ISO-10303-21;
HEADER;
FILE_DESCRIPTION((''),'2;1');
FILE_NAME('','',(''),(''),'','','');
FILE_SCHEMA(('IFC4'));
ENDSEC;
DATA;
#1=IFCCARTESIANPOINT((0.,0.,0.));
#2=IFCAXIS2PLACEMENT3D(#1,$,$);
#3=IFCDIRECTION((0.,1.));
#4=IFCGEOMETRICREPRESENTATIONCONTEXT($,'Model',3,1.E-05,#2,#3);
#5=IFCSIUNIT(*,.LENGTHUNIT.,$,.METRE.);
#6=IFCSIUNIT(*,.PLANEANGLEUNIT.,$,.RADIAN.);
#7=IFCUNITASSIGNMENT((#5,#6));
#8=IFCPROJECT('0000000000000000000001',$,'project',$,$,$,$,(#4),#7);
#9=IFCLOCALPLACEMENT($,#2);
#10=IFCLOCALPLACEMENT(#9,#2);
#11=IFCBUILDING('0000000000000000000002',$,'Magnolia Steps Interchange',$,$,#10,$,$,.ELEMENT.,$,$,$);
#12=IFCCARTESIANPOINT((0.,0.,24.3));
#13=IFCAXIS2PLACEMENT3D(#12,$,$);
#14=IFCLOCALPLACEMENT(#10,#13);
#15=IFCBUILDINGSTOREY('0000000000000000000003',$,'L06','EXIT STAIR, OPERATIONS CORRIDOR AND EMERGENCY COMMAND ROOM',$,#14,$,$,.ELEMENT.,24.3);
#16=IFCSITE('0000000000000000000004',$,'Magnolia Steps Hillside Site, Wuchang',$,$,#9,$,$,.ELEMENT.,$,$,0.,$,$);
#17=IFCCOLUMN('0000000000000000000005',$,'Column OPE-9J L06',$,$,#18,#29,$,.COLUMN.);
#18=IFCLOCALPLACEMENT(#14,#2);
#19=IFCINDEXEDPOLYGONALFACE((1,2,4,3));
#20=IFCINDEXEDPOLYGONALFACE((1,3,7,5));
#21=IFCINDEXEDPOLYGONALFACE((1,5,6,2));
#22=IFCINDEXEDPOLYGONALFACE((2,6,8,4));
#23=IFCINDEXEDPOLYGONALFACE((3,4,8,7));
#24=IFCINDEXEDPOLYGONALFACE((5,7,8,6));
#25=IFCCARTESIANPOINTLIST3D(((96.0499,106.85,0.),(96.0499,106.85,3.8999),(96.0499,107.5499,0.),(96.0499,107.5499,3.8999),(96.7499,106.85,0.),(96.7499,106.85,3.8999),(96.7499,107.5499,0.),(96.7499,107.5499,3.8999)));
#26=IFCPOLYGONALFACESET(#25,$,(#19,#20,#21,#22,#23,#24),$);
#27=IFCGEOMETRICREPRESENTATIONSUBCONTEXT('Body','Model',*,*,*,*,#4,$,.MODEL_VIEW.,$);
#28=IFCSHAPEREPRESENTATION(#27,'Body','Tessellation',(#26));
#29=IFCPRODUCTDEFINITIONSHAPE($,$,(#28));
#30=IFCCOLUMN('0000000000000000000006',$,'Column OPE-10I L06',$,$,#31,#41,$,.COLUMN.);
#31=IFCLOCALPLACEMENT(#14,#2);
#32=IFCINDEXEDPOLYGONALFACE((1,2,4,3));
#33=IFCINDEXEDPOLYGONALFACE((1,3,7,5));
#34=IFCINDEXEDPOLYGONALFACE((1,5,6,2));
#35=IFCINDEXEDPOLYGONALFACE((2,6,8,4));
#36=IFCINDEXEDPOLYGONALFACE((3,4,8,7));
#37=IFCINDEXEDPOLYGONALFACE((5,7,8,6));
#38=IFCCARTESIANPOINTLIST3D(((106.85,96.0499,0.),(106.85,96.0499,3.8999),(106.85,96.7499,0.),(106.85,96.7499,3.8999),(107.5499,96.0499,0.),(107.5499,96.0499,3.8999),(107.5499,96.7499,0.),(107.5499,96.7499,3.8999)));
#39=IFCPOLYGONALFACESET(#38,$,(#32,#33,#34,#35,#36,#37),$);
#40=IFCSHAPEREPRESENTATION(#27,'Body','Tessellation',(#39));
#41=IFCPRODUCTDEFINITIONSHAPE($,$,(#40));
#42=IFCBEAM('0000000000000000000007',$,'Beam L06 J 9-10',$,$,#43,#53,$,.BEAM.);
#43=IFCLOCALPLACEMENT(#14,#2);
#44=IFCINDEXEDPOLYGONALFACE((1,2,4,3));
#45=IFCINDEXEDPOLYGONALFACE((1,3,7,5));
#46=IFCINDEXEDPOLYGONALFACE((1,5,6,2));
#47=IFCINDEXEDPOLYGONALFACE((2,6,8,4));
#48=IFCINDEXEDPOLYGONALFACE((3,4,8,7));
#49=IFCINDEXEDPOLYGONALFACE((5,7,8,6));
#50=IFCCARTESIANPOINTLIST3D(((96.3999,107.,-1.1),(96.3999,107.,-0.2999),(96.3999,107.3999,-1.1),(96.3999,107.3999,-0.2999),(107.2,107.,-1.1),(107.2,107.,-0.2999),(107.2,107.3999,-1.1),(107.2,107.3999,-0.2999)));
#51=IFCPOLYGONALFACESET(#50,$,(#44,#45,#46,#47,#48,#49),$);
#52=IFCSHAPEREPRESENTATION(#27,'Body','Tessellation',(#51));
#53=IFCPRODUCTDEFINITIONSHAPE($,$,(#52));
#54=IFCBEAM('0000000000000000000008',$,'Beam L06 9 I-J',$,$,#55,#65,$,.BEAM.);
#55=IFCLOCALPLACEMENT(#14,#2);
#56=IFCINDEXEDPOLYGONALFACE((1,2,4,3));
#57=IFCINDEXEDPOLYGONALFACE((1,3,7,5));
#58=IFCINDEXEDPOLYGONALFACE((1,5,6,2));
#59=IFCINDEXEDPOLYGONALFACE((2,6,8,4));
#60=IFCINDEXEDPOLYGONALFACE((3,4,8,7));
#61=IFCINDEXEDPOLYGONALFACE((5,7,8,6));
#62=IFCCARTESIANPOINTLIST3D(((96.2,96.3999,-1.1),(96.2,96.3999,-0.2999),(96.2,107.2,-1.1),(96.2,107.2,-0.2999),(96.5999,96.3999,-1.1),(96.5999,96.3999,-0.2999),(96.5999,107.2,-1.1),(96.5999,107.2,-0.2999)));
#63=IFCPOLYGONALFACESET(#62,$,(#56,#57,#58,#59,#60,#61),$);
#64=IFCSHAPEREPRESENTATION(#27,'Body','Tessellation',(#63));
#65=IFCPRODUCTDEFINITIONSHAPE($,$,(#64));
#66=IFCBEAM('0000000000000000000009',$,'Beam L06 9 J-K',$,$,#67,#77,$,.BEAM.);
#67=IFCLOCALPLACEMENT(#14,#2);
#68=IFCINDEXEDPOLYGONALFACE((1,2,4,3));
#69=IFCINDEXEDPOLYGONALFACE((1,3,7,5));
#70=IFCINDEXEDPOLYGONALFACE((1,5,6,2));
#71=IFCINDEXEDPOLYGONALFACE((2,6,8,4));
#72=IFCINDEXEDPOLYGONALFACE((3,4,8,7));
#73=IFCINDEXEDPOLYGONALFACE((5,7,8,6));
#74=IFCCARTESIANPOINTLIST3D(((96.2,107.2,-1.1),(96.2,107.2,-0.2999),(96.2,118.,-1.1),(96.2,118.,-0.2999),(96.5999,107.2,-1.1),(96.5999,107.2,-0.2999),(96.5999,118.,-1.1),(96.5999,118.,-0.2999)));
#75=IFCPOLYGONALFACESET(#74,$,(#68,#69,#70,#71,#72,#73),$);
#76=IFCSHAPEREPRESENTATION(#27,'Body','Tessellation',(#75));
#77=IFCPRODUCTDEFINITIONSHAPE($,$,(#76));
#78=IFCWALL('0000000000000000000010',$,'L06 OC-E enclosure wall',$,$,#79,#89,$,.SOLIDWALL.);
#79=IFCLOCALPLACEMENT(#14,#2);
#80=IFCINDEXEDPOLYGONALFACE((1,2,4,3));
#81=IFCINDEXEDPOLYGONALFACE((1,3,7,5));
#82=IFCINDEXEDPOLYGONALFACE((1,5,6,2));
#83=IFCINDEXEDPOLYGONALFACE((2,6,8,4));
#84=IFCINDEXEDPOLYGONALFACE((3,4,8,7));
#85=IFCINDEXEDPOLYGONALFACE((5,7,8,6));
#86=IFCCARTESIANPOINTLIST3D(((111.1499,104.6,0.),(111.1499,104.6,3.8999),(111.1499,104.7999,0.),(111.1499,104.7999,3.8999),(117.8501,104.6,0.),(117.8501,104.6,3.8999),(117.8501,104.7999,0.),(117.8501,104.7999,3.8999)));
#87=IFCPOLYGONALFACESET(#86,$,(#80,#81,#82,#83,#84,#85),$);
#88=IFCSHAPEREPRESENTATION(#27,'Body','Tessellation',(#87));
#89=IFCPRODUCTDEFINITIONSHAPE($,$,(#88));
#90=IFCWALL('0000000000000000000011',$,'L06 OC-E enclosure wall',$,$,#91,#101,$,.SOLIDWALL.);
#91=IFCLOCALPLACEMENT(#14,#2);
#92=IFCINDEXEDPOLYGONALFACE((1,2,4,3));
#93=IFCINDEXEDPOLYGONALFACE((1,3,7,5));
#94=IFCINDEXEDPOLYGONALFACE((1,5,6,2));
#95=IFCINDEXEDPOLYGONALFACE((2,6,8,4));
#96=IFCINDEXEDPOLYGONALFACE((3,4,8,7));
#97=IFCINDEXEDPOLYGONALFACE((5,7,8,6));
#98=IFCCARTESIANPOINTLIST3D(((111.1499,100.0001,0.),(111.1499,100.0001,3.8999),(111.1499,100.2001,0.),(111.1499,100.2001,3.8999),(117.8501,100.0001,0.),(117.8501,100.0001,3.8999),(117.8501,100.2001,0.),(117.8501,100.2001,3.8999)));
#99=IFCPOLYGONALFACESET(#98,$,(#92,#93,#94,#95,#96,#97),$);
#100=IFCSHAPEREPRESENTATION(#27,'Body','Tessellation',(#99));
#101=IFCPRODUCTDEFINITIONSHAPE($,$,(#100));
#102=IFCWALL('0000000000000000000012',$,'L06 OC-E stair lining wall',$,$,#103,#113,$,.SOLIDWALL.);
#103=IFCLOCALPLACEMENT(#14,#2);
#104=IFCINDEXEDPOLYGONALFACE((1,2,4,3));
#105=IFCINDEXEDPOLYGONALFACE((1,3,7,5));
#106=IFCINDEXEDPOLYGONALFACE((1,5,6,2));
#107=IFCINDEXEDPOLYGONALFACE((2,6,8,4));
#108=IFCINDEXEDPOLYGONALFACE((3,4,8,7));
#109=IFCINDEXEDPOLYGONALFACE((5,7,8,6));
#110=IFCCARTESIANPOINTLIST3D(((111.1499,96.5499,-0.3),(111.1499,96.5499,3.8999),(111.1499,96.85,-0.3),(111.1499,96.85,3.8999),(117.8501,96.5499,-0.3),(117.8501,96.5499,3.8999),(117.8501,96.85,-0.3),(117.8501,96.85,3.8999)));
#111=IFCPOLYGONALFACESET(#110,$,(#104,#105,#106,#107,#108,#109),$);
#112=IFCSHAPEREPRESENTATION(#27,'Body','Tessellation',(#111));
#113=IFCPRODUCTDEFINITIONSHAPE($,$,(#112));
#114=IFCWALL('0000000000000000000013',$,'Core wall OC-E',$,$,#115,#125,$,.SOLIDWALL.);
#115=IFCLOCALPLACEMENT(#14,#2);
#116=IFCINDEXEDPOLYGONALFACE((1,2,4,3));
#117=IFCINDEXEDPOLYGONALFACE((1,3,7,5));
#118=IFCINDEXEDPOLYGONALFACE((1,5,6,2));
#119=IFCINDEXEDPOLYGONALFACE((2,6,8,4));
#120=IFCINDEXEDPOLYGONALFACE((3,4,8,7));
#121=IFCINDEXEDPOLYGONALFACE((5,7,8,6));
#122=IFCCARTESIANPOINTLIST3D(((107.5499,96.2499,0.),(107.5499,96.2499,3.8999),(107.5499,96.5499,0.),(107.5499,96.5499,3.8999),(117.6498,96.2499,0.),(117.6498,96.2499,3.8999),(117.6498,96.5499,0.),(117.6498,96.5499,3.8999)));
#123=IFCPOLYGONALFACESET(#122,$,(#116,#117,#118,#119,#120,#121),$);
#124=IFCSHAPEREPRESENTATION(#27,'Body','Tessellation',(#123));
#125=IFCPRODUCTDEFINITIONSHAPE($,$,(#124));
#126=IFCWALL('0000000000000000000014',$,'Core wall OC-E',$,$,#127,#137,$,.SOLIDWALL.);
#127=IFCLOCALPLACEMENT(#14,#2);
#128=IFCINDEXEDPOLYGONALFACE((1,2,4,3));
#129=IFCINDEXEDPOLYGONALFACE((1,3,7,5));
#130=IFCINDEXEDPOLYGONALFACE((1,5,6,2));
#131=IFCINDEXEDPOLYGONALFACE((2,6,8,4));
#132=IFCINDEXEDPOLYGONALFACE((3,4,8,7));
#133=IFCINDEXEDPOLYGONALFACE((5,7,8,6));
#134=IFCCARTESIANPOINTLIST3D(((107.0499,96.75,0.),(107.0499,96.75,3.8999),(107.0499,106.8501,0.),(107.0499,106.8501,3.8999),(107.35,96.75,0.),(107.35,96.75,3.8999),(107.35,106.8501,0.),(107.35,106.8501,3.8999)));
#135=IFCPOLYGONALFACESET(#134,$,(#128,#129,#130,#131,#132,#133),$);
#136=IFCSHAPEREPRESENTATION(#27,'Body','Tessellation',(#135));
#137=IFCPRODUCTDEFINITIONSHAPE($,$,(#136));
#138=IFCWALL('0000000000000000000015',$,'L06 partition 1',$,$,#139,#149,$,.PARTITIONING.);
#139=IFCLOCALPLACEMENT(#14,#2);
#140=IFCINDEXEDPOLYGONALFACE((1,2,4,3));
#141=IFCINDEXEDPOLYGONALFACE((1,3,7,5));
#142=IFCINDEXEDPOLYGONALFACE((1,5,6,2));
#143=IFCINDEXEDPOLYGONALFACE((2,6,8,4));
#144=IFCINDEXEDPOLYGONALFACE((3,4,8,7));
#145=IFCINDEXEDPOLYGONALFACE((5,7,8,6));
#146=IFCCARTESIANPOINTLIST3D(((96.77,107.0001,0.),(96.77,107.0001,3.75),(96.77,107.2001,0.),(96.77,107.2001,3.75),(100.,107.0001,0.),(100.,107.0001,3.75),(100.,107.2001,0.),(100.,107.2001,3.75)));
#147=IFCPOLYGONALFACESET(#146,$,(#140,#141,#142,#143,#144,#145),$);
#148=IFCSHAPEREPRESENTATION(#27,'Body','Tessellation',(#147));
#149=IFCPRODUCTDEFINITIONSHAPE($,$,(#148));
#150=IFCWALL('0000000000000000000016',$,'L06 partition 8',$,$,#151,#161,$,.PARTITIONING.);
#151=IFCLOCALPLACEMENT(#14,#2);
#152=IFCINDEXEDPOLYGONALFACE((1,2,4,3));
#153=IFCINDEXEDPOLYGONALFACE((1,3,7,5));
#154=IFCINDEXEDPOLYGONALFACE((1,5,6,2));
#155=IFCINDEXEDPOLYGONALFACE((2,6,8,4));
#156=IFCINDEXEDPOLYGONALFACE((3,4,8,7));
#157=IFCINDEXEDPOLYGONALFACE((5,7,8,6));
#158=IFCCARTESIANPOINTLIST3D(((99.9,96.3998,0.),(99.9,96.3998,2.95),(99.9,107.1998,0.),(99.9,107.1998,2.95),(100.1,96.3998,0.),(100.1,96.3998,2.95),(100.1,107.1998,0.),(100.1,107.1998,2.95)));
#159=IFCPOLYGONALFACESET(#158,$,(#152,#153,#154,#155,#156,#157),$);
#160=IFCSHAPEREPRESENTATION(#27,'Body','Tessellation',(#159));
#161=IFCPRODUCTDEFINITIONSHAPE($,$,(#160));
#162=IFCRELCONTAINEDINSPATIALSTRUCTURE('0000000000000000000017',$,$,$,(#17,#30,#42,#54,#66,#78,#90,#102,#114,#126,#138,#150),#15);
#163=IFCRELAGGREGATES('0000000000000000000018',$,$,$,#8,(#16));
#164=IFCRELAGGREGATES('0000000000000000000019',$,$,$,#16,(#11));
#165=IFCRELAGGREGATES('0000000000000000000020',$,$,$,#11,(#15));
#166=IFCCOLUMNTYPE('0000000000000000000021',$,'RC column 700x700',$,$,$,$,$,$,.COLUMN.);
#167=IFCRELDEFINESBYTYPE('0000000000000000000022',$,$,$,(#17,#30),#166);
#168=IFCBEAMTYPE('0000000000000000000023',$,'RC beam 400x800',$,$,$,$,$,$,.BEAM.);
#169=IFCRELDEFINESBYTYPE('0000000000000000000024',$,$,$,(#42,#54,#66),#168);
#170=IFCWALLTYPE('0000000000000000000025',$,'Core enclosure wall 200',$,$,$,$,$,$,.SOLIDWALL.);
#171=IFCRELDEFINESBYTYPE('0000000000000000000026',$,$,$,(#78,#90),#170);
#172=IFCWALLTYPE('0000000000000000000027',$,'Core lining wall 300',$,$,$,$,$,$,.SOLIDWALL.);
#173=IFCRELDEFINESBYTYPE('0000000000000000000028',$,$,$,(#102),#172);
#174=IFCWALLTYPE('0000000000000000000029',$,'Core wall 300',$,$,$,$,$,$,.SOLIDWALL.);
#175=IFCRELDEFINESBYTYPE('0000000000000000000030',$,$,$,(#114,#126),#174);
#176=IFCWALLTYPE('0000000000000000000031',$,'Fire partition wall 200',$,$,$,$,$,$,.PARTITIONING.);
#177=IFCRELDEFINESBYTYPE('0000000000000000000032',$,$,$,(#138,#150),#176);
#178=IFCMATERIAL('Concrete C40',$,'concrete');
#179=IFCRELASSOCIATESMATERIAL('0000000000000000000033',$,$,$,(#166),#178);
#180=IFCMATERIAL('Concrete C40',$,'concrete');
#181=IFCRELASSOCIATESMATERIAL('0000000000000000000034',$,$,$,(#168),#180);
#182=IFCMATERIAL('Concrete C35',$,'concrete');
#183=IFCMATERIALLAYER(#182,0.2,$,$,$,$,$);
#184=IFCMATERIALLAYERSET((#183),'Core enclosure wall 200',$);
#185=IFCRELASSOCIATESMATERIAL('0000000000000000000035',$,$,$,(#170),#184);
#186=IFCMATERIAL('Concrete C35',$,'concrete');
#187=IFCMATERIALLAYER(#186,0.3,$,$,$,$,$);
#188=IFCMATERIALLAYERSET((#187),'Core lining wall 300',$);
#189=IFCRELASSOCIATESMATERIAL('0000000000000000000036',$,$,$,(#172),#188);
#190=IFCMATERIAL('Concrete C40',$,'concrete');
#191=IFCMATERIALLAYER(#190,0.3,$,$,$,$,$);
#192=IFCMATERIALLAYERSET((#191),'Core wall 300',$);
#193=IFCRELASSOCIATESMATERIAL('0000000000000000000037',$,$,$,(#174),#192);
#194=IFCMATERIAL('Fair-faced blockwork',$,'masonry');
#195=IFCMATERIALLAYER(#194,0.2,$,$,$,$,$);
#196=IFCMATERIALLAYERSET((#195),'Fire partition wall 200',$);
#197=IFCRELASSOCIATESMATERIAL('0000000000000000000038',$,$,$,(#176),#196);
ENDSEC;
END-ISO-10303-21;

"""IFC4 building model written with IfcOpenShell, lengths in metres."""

from ifc_helpers import new_model, si_unit, direction, frame, frame_2d, origin, origin_2d, place, context, subcontext, project, spatial, rectangle, extrude, material, layer, layer_set, material_profile, profile_set, type_object, element, save


model = new_model("IFC4")

# Units and contexts
model_context = context("Model", 3, precision=1e-05, world=origin(), true_north=direction((0.0, 1.0)))
body_context = subcontext(model_context, "Body", "Model", "MODEL_VIEW")
ifc_project = project(units=[si_unit("LENGTHUNIT", "METRE"), si_unit("PLANEANGLEUNIT", "RADIAN")], contexts=[model_context])

# Site, building, storey
site_placement = place(None, origin())
site = spatial("IfcSite", under=ifc_project, at=site_placement, Name="Magnolia Steps Hillside Site, Wuchang", CompositionType="ELEMENT", RefElevation=0.0)
building_placement = place(site_placement, origin())
building = spatial("IfcBuilding", under=site, at=building_placement, Name="Magnolia Steps Interchange", CompositionType="ELEMENT")
storey_placement = place(building_placement, frame((0.0, 0.0, 24.3)))
storey = spatial("IfcBuildingStorey", under=building, at=storey_placement, Name="L06", Description="EXIT STAIR, OPERATIONS CORRIDOR AND EMERGENCY COMMAND ROOM", CompositionType="ELEMENT", Elevation=24.3)

# Columns
ifc_material_1 = material(Name="Concrete C40", Category="concrete")
ifc_material_profile_1 = material_profile(ifc_material_1, rectangle(XDim=0.7, YDim=0.7, at=origin_2d()), Name="RC700x700")
ifc_profile_set_1 = profile_set([ifc_material_profile_1], Name="Concrete C40")
column_type = type_object("IfcColumnType", Name="RC column 700x700", PredefinedType="COLUMN", material=ifc_profile_set_1)
for number, where, z_axis, x_axis, name in (
    (1, (96.3999, 107.2, 0.0), (0.0, 0.0, 1.0), (1.0, 0.0, 0.0), "Column OPE-9J L06"),
    (2, (107.2, 96.3999, 0.0), (0.0, 0.0, 1.0), (1.0, 0.0, 0.0), "Column OPE-10I L06"),
):
    element("IfcColumn", number, at=place(storey_placement, frame(where, z_axis=z_axis, x_axis=x_axis)), inside=storey, type_object=column_type, Name=name, PredefinedType="COLUMN", context=body_context, shape_type="SweptSolid", body=[
        extrude(rectangle(XDim=0.7, YDim=0.7, at=origin_2d()), origin(), (0.0, 0.0, 1.0), 3.8999),
    ])

# Beams
ifc_material_2 = material(Name="Concrete C40", Category="concrete")
ifc_material_profile_2 = material_profile(ifc_material_2, rectangle(XDim=0.3999, YDim=0.8, at=origin_2d()), Name="RC400x800")
ifc_profile_set_2 = profile_set([ifc_material_profile_2], Name="Concrete C40")
beam_type = type_object("IfcBeamType", Name="RC beam 400x800", PredefinedType="BEAM", material=ifc_profile_set_2)
for number, where, z_axis, x_axis, name in (
    (3, (96.3999, 107.2, -0.7), (1.0, 0.0, 0.0), (0.0, 1.0, 0.0), "Beam L06 J 9-10"),
    (4, (96.3999, 96.3999, -0.7), (0.0, 1.0, 0.0), (-1.0, 0.0, 0.0), "Beam L06 9 I-J"),
    (5, (96.3999, 107.2, -0.7), (0.0, 1.0, 0.0), (-1.0, 0.0, 0.0), "Beam L06 9 J-K"),
):
    element("IfcBeam", number, at=place(storey_placement, frame(where, z_axis=z_axis, x_axis=x_axis)), inside=storey, type_object=beam_type, Name=name, PredefinedType="BEAM", context=body_context, shape_type="SweptSolid", body=[
        extrude(rectangle(XDim=0.3999, YDim=0.8, at=origin_2d()), origin(), (0.0, 0.0, 1.0), 10.8),
    ])

# Walls
ifc_material_3 = material(Name="Concrete C35", Category="concrete")
ifc_layer_1 = layer(ifc_material_3, 0.2)
ifc_layer_set_1 = layer_set([ifc_layer_1], Name="Core enclosure wall 200")
wall_type_1 = type_object("IfcWallType", Name="Core enclosure wall 200", PredefinedType="SOLIDWALL", material=ifc_layer_set_1)
for number, where, z_axis, x_axis, name in (
    (6, (111.1499, 104.7, 0.0), (0.0, 0.0, 1.0), (1.0, 0.0, 0.0), "L06 OC-E enclosure wall"),
    (7, (111.1499, 100.1001, 0.0), (0.0, 0.0, 1.0), (1.0, 0.0, 0.0), "L06 OC-E enclosure wall"),
):
    element("IfcWall", number, at=place(storey_placement, frame(where, z_axis=z_axis, x_axis=x_axis)), inside=storey, type_object=wall_type_1, Name=name, PredefinedType="SOLIDWALL", context=body_context, shape_type="SweptSolid", body=[
        extrude(rectangle(XDim=6.7002, YDim=0.2, at=frame_2d((3.3501, 0.0))), origin(), (0.0, 0.0, 1.0), 3.8999),
    ])
ifc_material_4 = material(Name="Concrete C35", Category="concrete")
ifc_layer_2 = layer(ifc_material_4, 0.3)
ifc_layer_set_2 = layer_set([ifc_layer_2], Name="Core lining wall 300")
wall_type_2 = type_object("IfcWallType", Name="Core lining wall 300", PredefinedType="SOLIDWALL", material=ifc_layer_set_2)
wall_1_placement = place(storey_placement, frame((111.1499, 96.7, -0.3), z_axis=(0.0, 0.0, 1.0), x_axis=(1.0, 0.0, 0.0)))
element("IfcWall", 8, at=wall_1_placement, inside=storey, type_object=wall_type_2, Name="L06 OC-E stair lining wall", PredefinedType="SOLIDWALL", context=body_context, shape_type="SweptSolid", body=[
    extrude(rectangle(XDim=6.7002, YDim=0.3, at=frame_2d((3.3501, 0.0))), origin(), (0.0, 0.0, 1.0), 4.2),
])
ifc_material_5 = material(Name="Concrete C40", Category="concrete")
ifc_layer_3 = layer(ifc_material_5, 0.3)
ifc_layer_set_3 = layer_set([ifc_layer_3], Name="Core wall 300")
wall_type_3 = type_object("IfcWallType", Name="Core wall 300", PredefinedType="SOLIDWALL", material=ifc_layer_set_3)
wall_2_placement = place(storey_placement, frame((107.55, 96.3999, 0.0), z_axis=(0.0, 0.0, 1.0), x_axis=(1.0, 0.0, 0.0)))
element("IfcWall", 9, at=wall_2_placement, inside=storey, type_object=wall_type_3, Name="Core wall OC-E", PredefinedType="SOLIDWALL", context=body_context, shape_type="SweptSolid", body=[
    extrude(rectangle(XDim=10.0999, YDim=0.3, at=frame_2d((5.0498, 0.0))), origin(), (0.0, 0.0, 1.0), 3.8999),
])
wall_3_placement = place(storey_placement, frame((107.2, 106.8501, 0.0), z_axis=(0.0, 0.0, 1.0), x_axis=(0.0, -1.0, 0.0)))
element("IfcWall", 10, at=wall_3_placement, inside=storey, type_object=wall_type_3, Name="Core wall OC-E", PredefinedType="SOLIDWALL", context=body_context, shape_type="SweptSolid", body=[
    extrude(rectangle(XDim=10.1001, YDim=0.3, at=frame_2d((5.05, 0.0))), origin(), (0.0, 0.0, 1.0), 3.8999),
])
ifc_material_6 = material(Name="Fair-faced blockwork", Category="masonry")
ifc_layer_4 = layer(ifc_material_6, 0.2)
ifc_layer_set_4 = layer_set([ifc_layer_4], Name="Fire partition wall 200")
wall_type_4 = type_object("IfcWallType", Name="Fire partition wall 200", PredefinedType="PARTITIONING", material=ifc_layer_set_4)
wall_4_placement = place(storey_placement, frame((96.77, 107.1001, 0.0), z_axis=(0.0, 0.0, 1.0), x_axis=(1.0, 0.0, 0.0)))
element("IfcWall", 11, at=wall_4_placement, inside=storey, type_object=wall_type_4, Name="L06 partition 1", PredefinedType="PARTITIONING", context=body_context, shape_type="SweptSolid", body=[
    extrude(rectangle(XDim=3.23, YDim=0.2, at=frame_2d((1.615, 0.0))), origin(), (0.0, 0.0, 1.0), 3.75),
])
wall_5_placement = place(storey_placement, frame((100.0, 96.3999, 0.0), z_axis=(0.0, 0.0, 1.0), x_axis=(0.0, 1.0, 0.0)))
element("IfcWall", 12, at=wall_5_placement, inside=storey, type_object=wall_type_4, Name="L06 partition 8", PredefinedType="PARTITIONING", context=body_context, shape_type="SweptSolid", body=[
    extrude(rectangle(XDim=10.8, YDim=0.2, at=frame_2d((5.3999, 0.0))), origin(), (0.0, 0.0, 1.0), 2.95),
])

save(model, "model.ifc")
